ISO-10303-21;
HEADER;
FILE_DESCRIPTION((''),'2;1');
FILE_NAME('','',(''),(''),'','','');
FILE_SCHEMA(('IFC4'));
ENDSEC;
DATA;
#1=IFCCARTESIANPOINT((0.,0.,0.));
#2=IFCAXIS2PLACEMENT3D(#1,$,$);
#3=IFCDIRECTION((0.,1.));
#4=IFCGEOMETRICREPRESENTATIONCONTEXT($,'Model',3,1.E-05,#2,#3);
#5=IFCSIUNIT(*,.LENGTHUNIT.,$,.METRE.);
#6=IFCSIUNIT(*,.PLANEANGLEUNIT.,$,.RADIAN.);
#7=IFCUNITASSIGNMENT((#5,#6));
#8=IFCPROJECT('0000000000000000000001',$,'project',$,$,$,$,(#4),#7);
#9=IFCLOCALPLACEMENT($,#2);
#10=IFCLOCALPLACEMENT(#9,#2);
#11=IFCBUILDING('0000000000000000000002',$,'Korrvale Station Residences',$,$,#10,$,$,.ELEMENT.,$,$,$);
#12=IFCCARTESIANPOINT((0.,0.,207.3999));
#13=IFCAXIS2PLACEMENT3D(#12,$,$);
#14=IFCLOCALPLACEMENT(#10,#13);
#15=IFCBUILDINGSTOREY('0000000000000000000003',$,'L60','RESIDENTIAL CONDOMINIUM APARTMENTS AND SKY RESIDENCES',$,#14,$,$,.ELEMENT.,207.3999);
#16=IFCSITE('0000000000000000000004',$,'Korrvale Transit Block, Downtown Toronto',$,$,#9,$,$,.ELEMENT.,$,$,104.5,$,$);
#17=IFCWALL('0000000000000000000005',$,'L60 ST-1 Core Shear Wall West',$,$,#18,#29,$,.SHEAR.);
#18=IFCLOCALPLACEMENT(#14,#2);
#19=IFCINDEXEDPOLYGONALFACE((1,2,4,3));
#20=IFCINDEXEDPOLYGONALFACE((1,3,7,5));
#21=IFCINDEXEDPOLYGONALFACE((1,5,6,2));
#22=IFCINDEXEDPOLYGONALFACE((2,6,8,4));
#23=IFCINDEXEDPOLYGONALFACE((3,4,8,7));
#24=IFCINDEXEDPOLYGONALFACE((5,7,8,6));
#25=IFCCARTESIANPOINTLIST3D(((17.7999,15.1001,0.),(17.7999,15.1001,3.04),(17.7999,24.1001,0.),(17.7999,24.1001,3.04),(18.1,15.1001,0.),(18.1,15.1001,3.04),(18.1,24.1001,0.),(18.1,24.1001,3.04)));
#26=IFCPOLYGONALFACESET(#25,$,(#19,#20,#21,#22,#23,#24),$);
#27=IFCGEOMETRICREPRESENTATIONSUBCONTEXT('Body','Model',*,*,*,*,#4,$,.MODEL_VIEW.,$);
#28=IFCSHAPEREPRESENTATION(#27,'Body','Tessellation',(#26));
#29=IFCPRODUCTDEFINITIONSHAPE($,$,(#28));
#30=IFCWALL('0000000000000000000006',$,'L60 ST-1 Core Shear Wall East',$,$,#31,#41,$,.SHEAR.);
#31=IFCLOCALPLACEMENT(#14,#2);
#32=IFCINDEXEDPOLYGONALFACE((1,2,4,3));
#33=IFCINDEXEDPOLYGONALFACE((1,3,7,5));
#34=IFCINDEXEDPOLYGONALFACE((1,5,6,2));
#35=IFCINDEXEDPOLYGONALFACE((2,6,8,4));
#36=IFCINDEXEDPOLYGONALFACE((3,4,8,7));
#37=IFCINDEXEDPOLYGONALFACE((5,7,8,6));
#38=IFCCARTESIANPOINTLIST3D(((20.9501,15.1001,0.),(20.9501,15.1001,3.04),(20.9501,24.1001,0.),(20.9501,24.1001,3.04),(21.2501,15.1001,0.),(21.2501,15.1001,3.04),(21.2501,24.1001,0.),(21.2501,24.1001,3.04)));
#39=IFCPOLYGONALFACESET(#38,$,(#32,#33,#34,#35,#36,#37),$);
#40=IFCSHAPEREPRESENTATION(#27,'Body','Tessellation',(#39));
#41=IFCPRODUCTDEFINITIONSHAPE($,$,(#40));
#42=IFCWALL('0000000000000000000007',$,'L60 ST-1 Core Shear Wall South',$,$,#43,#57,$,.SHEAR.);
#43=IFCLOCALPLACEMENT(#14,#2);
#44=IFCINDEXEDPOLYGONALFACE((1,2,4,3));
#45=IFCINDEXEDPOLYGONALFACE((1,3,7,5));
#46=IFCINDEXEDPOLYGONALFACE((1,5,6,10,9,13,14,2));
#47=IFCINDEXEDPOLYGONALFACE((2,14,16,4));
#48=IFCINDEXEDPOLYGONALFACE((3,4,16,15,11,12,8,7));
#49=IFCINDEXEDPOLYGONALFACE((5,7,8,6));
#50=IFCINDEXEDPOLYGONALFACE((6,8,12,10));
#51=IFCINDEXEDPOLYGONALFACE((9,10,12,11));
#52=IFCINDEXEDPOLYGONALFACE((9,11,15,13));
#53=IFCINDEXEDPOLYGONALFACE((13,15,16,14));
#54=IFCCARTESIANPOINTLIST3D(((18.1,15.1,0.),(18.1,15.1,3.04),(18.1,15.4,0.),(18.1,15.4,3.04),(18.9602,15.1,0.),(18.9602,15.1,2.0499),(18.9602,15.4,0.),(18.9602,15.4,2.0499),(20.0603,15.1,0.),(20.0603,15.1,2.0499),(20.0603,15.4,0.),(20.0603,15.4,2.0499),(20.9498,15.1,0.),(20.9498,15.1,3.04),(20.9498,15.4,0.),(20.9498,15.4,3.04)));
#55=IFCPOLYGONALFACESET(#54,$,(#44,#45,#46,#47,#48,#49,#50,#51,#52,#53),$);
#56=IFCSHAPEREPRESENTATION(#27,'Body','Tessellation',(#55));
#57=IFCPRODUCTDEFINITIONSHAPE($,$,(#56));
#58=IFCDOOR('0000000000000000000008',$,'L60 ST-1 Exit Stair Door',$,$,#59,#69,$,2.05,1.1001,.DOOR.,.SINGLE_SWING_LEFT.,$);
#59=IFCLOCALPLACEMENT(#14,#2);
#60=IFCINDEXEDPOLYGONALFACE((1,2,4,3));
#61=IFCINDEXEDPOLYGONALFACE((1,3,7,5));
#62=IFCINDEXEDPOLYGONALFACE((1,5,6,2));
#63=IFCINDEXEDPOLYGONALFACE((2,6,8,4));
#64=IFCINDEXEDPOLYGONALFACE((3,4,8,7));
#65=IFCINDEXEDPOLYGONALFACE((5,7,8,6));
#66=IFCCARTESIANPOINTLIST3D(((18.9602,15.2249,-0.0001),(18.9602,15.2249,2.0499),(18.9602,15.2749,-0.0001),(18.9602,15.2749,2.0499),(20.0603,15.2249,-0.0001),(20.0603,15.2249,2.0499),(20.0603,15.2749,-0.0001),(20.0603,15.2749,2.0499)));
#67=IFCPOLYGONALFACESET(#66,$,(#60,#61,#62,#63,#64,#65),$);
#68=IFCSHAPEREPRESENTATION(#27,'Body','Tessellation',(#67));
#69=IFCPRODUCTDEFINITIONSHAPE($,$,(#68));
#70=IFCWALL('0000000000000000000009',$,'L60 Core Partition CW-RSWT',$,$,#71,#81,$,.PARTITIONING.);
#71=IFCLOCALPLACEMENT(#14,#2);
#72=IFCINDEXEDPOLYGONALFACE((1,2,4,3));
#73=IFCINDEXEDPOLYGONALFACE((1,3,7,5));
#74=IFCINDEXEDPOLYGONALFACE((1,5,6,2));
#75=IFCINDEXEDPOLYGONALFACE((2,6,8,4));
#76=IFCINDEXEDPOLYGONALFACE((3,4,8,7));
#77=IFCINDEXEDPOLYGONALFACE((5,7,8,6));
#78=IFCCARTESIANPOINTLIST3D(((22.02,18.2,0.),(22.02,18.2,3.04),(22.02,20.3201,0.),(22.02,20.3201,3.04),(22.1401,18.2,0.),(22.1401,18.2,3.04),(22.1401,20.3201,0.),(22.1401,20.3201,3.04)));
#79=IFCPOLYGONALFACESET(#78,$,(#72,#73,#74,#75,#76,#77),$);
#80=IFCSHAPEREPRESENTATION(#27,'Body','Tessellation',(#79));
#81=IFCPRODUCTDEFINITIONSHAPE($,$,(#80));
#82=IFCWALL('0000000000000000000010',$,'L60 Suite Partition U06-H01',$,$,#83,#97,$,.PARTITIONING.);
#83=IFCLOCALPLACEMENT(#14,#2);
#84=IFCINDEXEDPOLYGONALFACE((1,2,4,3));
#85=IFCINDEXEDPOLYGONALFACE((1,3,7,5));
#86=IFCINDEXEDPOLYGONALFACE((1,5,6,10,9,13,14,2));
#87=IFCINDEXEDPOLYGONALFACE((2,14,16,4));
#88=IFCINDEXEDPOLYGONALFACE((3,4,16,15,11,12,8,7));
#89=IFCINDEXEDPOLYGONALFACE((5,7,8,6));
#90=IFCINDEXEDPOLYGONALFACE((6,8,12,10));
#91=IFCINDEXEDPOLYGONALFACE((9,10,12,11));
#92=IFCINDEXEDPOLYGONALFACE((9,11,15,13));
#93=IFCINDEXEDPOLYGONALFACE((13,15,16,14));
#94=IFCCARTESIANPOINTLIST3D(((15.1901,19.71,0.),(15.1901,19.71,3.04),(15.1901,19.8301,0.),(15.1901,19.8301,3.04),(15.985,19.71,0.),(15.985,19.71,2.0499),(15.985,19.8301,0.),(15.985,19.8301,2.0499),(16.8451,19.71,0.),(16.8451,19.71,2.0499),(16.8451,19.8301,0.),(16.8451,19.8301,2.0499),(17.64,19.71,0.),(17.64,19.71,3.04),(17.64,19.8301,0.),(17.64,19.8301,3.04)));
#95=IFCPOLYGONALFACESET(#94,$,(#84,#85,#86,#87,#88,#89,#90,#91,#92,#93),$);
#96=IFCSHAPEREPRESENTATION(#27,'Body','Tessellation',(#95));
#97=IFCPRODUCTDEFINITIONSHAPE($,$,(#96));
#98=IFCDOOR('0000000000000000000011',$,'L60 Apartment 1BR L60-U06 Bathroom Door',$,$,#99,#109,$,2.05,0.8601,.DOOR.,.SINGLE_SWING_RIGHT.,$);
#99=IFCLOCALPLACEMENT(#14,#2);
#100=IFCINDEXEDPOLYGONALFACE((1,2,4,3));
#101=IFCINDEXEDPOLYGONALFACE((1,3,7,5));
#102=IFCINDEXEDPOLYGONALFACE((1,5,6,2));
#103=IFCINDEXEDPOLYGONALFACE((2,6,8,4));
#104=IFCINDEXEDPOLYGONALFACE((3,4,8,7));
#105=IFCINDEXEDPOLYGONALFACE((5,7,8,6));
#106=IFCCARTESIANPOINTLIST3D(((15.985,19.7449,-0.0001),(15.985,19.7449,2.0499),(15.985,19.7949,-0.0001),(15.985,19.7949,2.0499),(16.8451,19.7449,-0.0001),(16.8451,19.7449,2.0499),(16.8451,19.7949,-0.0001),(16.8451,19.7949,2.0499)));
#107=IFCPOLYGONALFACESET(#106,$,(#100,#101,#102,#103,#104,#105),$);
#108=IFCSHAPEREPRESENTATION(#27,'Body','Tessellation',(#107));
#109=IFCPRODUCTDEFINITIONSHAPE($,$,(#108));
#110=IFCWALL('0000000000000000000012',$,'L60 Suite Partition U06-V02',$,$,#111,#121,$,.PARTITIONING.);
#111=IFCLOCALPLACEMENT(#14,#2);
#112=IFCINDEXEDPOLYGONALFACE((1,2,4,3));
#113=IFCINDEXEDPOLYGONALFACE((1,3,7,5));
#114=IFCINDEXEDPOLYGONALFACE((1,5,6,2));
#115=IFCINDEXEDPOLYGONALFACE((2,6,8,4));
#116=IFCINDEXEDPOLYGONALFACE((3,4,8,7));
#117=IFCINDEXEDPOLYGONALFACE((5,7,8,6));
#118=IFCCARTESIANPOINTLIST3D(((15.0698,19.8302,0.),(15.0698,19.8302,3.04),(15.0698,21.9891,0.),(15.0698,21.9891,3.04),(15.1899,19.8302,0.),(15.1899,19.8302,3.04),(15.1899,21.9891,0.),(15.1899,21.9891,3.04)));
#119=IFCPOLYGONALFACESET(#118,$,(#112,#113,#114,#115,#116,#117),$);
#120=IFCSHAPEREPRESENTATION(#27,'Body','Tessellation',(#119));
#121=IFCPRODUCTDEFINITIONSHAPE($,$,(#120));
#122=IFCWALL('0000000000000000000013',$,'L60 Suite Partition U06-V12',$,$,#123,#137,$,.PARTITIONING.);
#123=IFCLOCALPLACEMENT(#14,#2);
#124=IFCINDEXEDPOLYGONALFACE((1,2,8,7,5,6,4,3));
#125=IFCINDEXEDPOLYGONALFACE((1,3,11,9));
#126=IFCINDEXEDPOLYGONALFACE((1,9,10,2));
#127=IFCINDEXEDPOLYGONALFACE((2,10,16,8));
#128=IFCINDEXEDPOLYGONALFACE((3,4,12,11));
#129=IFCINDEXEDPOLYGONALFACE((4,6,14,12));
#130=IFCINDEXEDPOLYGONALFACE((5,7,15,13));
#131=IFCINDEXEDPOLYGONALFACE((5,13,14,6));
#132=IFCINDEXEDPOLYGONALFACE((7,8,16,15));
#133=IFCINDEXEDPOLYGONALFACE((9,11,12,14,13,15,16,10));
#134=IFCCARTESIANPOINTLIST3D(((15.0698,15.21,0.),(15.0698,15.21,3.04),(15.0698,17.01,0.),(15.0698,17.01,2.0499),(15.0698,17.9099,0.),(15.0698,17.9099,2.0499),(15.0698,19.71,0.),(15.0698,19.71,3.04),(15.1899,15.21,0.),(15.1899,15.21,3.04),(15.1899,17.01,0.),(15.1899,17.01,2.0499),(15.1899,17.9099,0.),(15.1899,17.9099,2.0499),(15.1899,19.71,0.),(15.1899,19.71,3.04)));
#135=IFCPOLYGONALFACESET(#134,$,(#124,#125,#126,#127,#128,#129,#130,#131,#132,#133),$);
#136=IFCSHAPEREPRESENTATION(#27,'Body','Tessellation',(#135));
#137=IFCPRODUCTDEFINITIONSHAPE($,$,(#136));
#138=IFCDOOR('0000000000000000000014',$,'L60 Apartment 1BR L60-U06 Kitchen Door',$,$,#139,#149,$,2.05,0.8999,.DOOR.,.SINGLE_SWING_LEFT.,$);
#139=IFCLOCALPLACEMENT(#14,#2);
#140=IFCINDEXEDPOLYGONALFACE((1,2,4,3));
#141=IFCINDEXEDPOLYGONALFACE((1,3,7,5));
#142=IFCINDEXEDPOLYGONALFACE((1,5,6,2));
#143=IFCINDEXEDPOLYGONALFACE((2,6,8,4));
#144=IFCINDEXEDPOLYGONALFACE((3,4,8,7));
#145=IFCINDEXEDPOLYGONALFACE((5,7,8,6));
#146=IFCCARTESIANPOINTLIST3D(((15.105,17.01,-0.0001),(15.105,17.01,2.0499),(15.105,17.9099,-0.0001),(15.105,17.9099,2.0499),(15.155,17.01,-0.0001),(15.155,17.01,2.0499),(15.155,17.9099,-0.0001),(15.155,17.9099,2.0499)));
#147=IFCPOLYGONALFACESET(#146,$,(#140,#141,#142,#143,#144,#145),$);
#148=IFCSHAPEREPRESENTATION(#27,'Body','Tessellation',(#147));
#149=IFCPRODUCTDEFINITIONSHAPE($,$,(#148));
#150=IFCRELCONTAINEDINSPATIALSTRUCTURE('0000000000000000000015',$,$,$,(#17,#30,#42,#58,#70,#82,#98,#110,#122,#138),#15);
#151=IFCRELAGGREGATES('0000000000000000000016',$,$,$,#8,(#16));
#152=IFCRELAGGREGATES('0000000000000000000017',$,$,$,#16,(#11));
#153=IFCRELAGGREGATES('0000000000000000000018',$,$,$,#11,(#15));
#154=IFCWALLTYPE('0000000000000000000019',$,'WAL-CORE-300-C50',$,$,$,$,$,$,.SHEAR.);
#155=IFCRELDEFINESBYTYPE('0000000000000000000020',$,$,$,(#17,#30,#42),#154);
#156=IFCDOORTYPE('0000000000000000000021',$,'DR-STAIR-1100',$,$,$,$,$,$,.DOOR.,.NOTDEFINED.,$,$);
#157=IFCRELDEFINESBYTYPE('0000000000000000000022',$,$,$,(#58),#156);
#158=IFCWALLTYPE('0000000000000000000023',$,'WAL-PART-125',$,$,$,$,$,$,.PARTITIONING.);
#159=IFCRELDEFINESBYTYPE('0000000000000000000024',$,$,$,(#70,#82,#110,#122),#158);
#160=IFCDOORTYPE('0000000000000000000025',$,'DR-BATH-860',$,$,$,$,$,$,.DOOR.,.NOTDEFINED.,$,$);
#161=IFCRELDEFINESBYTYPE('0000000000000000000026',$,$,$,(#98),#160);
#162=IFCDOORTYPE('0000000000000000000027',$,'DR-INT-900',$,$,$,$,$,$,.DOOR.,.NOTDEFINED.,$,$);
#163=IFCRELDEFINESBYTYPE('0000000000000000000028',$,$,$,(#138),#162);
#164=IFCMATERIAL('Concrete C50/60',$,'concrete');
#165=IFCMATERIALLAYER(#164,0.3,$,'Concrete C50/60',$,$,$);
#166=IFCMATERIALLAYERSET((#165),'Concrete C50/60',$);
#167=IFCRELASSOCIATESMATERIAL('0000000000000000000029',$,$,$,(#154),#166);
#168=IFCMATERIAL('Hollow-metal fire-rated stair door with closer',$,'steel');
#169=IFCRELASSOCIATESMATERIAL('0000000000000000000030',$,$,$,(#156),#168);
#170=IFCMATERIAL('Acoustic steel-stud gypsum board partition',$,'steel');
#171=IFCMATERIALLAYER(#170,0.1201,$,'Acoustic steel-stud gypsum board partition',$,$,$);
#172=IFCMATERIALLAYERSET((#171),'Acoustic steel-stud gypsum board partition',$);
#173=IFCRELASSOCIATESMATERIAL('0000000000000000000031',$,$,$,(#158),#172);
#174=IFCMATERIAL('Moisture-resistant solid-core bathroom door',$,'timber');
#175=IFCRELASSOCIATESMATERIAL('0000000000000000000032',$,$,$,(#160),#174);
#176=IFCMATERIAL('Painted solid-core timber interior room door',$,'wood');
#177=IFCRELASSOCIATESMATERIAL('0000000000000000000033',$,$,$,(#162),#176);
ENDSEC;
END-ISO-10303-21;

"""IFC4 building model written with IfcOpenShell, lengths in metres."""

from ifc_helpers import new_model, si_unit, direction, frame, frame_2d, origin, place, context, subcontext, project, spatial, rectangle, extrude, material, layer, layer_set, type_object, element, fill, save


model = new_model("IFC4")

# Units and contexts
model_context = context("Model", 3, precision=1e-05, world=origin(), true_north=direction((0.0, 1.0)))
body_context = subcontext(model_context, "Body", "Model", "MODEL_VIEW")
ifc_project = project(units=[si_unit("LENGTHUNIT", "METRE"), si_unit("PLANEANGLEUNIT", "RADIAN")], contexts=[model_context])

# Site, building, storey
site_placement = place(None, origin())
site = spatial("IfcSite", under=ifc_project, at=site_placement, Name="Korrvale Transit Block, Downtown Toronto", CompositionType="ELEMENT", RefElevation=104.5)
building_placement = place(site_placement, origin())
building = spatial("IfcBuilding", under=site, at=building_placement, Name="Korrvale Station Residences", CompositionType="ELEMENT")
storey_placement = place(building_placement, frame((0.0, 0.0, 207.3999)))
storey = spatial("IfcBuildingStorey", under=building, at=storey_placement, Name="L60", Description="RESIDENTIAL CONDOMINIUM APARTMENTS AND SKY RESIDENCES", CompositionType="ELEMENT", Elevation=207.3999)

# Walls
ifc_material_1 = material(Name="Concrete C50/60", Category="concrete")
ifc_layer_1 = layer(ifc_material_1, 0.3, Name="Concrete C50/60")
ifc_layer_set_1 = layer_set([ifc_layer_1], Name="Concrete C50/60")
wall_type_1 = type_object("IfcWallType", Name="WAL-CORE-300-C50", PredefinedType="SHEAR", material=ifc_layer_set_1)
for number, where, z_axis, x_axis, name in (
    (1, (17.95, 15.1001, 0.0), (0.0, 0.0, 1.0), (0.0, 1.0, 0.0), "L60 ST-1 Core Shear Wall West"),
    (2, (21.1001, 15.1001, 0.0), (0.0, 0.0, 1.0), (0.0, 1.0, 0.0), "L60 ST-1 Core Shear Wall East"),
):
    element("IfcWall", number, at=place(storey_placement, frame(where, z_axis=z_axis, x_axis=x_axis)), inside=storey, type_object=wall_type_1, Name=name, PredefinedType="SHEAR", context=body_context, shape_type="SweptSolid", body=[
        extrude(rectangle(XDim=9.0, YDim=0.3, at=frame_2d((4.5, 0.0))), origin(), (0.0, 0.0, 1.0), 3.04),
    ])

# Wall, opening, door
wall_1_placement = place(storey_placement, frame((18.1001, 15.25, 0.0), z_axis=(0.0, 0.0, 1.0), x_axis=(1.0, 0.0, 0.0)))
wall_1 = element("IfcWall", 3, at=wall_1_placement, inside=storey, type_object=wall_type_1, Name="L60 ST-1 Core Shear Wall South", PredefinedType="SHEAR", context=body_context, shape_type="SweptSolid", body=[
    extrude(rectangle(XDim=2.8499, YDim=0.3, at=frame_2d((1.4248, 0.0))), origin(), (0.0, 0.0, 1.0), 3.04),
])
opening_1_placement = place(wall_1_placement, frame((0.8601, 0.0, 0.0)))
opening_1 = element("IfcOpeningElement", 4, at=opening_1_placement, cuts=wall_1, PredefinedType="OPENING", context=body_context, shape_type="SweptSolid", body=[
    extrude(rectangle(XDim=1.1001, YDim=2.05, at=frame_2d((0.55, 1.0249))), frame((0.0, 0.1602, 0.0), z_axis=(0.0, -1.0, 0.0), x_axis=(1.0, 0.0, 0.0)), (0.0, 0.0, 1.0), 0.3201),
])
ifc_material_2 = material(Name="Hollow-metal fire-rated stair door with closer", Category="steel")
door_type_1 = type_object("IfcDoorType", Name="DR-STAIR-1100", OperationType="NOTDEFINED", PredefinedType="DOOR", material=ifc_material_2)
door_1_placement = place(opening_1_placement, origin())
door_1 = element("IfcDoor", 5, at=door_1_placement, inside=storey, type_object=door_type_1, Name="L60 ST-1 Exit Stair Door", OperationType="SINGLE_SWING_LEFT", OverallHeight=2.05, OverallWidth=1.1001, PredefinedType="DOOR", context=body_context, shape_type="SweptSolid", body=[
    extrude(rectangle(XDim=1.1001, YDim=2.05, at=frame_2d((0.55, 1.0249))), frame((0.0, 0.0249, 0.0), z_axis=(0.0, -1.0, 0.0), x_axis=(1.0, 0.0, 0.0)), (0.0, 0.0, 1.0), 0.05),
])
fill(opening_1, door_1)

# Wall
ifc_material_3 = material(Name="Acoustic steel-stud gypsum board partition", Category="steel")
ifc_layer_2 = layer(ifc_material_3, 0.1201, Name="Acoustic steel-stud gypsum board partition")
ifc_layer_set_2 = layer_set([ifc_layer_2], Name="Acoustic steel-stud gypsum board partition")
wall_type_2 = type_object("IfcWallType", Name="WAL-PART-125", PredefinedType="PARTITIONING", material=ifc_layer_set_2)
wall_2_placement = place(storey_placement, frame((22.0801, 18.2, 0.0), z_axis=(0.0, 0.0, 1.0), x_axis=(0.0, 1.0, 0.0)))
element("IfcWall", 6, at=wall_2_placement, inside=storey, type_object=wall_type_2, Name="L60 Core Partition CW-RSWT", PredefinedType="PARTITIONING", context=body_context, shape_type="SweptSolid", body=[
    extrude(rectangle(XDim=2.1201, YDim=0.1201, at=frame_2d((1.0601, 0.0))), origin(), (0.0, 0.0, 1.0), 3.04),
])

# Wall, opening, door
wall_3_placement = place(storey_placement, frame((15.1899, 19.77, 0.0), z_axis=(0.0, 0.0, 1.0), x_axis=(1.0, 0.0, 0.0)))
wall_3 = element("IfcWall", 7, at=wall_3_placement, inside=storey, type_object=wall_type_2, Name="L60 Suite Partition U06-H01", PredefinedType="PARTITIONING", context=body_context, shape_type="SweptSolid", body=[
    extrude(rectangle(XDim=2.45, YDim=0.1201, at=frame_2d((1.2251, 0.0))), origin(), (0.0, 0.0, 1.0), 3.04),
])
opening_2_placement = place(wall_3_placement, frame((0.7949, 0.0, 0.0)))
opening_2 = element("IfcOpeningElement", 8, at=opening_2_placement, cuts=wall_3, PredefinedType="OPENING", context=body_context, shape_type="SweptSolid", body=[
    extrude(rectangle(XDim=0.8601, YDim=2.05, at=frame_2d((0.4302, 1.0249))), frame((0.0, 0.0701, 0.0), z_axis=(0.0, -1.0, 0.0), x_axis=(1.0, 0.0, 0.0)), (0.0, 0.0, 1.0), 0.1401),
])
ifc_material_4 = material(Name="Moisture-resistant solid-core bathroom door", Category="timber")
door_type_2 = type_object("IfcDoorType", Name="DR-BATH-860", OperationType="NOTDEFINED", PredefinedType="DOOR", material=ifc_material_4)
door_2_placement = place(opening_2_placement, origin())
door_2 = element("IfcDoor", 9, at=door_2_placement, inside=storey, type_object=door_type_2, Name="L60 Apartment 1BR L60-U06 Bathroom Door", OperationType="SINGLE_SWING_RIGHT", OverallHeight=2.05, OverallWidth=0.8601, PredefinedType="DOOR", context=body_context, shape_type="SweptSolid", body=[
    extrude(rectangle(XDim=0.8601, YDim=2.05, at=frame_2d((0.4302, 1.0249))), frame((0.0, 0.0249, 0.0), z_axis=(0.0, -1.0, 0.0), x_axis=(1.0, 0.0, 0.0)), (0.0, 0.0, 1.0), 0.05),
])
fill(opening_2, door_2)

# Wall
wall_4_placement = place(storey_placement, frame((15.1299, 19.8301, 0.0), z_axis=(0.0, 0.0, 1.0), x_axis=(0.0, 1.0, 0.0)))
element("IfcWall", 10, at=wall_4_placement, inside=storey, type_object=wall_type_2, Name="L60 Suite Partition U06-V02", PredefinedType="PARTITIONING", context=body_context, shape_type="SweptSolid", body=[
    extrude(rectangle(XDim=2.1589, YDim=0.1201, at=frame_2d((1.0796, 0.0))), origin(), (0.0, 0.0, 1.0), 3.04),
])

# Wall, opening, door
wall_5_placement = place(storey_placement, frame((15.1299, 15.21, 0.0), z_axis=(0.0, 0.0, 1.0), x_axis=(0.0, 1.0, 0.0)))
wall_5 = element("IfcWall", 11, at=wall_5_placement, inside=storey, type_object=wall_type_2, Name="L60 Suite Partition U06-V12", PredefinedType="PARTITIONING", context=body_context, shape_type="SweptSolid", body=[
    extrude(rectangle(XDim=4.5, YDim=0.1201, at=frame_2d((2.25, 0.0))), origin(), (0.0, 0.0, 1.0), 3.04),
])
opening_3_placement = place(wall_5_placement, frame((1.8, 0.0, 0.0)))
opening_3 = element("IfcOpeningElement", 12, at=opening_3_placement, cuts=wall_5, PredefinedType="OPENING", context=body_context, shape_type="SweptSolid", body=[
    extrude(rectangle(XDim=0.8999, YDim=2.05, at=frame_2d((0.45, 1.0249))), frame((0.0, 0.0701, 0.0), z_axis=(0.0, -1.0, 0.0), x_axis=(1.0, 0.0, 0.0)), (0.0, 0.0, 1.0), 0.1401),
])
ifc_material_5 = material(Name="Painted solid-core timber interior room door", Category="wood")
door_type_3 = type_object("IfcDoorType", Name="DR-INT-900", OperationType="NOTDEFINED", PredefinedType="DOOR", material=ifc_material_5)
door_3_placement = place(opening_3_placement, origin())
door_3 = element("IfcDoor", 13, at=door_3_placement, inside=storey, type_object=door_type_3, Name="L60 Apartment 1BR L60-U06 Kitchen Door", OperationType="SINGLE_SWING_LEFT", OverallHeight=2.05, OverallWidth=0.8999, PredefinedType="DOOR", context=body_context, shape_type="SweptSolid", body=[
    extrude(rectangle(XDim=0.8999, YDim=2.05, at=frame_2d((0.45, 1.0249))), frame((0.0, 0.0249, 0.0), z_axis=(0.0, -1.0, 0.0), x_axis=(1.0, 0.0, 0.0)), (0.0, 0.0, 1.0), 0.05),
])
fill(opening_3, door_3)

save(model, "model.ifc")
